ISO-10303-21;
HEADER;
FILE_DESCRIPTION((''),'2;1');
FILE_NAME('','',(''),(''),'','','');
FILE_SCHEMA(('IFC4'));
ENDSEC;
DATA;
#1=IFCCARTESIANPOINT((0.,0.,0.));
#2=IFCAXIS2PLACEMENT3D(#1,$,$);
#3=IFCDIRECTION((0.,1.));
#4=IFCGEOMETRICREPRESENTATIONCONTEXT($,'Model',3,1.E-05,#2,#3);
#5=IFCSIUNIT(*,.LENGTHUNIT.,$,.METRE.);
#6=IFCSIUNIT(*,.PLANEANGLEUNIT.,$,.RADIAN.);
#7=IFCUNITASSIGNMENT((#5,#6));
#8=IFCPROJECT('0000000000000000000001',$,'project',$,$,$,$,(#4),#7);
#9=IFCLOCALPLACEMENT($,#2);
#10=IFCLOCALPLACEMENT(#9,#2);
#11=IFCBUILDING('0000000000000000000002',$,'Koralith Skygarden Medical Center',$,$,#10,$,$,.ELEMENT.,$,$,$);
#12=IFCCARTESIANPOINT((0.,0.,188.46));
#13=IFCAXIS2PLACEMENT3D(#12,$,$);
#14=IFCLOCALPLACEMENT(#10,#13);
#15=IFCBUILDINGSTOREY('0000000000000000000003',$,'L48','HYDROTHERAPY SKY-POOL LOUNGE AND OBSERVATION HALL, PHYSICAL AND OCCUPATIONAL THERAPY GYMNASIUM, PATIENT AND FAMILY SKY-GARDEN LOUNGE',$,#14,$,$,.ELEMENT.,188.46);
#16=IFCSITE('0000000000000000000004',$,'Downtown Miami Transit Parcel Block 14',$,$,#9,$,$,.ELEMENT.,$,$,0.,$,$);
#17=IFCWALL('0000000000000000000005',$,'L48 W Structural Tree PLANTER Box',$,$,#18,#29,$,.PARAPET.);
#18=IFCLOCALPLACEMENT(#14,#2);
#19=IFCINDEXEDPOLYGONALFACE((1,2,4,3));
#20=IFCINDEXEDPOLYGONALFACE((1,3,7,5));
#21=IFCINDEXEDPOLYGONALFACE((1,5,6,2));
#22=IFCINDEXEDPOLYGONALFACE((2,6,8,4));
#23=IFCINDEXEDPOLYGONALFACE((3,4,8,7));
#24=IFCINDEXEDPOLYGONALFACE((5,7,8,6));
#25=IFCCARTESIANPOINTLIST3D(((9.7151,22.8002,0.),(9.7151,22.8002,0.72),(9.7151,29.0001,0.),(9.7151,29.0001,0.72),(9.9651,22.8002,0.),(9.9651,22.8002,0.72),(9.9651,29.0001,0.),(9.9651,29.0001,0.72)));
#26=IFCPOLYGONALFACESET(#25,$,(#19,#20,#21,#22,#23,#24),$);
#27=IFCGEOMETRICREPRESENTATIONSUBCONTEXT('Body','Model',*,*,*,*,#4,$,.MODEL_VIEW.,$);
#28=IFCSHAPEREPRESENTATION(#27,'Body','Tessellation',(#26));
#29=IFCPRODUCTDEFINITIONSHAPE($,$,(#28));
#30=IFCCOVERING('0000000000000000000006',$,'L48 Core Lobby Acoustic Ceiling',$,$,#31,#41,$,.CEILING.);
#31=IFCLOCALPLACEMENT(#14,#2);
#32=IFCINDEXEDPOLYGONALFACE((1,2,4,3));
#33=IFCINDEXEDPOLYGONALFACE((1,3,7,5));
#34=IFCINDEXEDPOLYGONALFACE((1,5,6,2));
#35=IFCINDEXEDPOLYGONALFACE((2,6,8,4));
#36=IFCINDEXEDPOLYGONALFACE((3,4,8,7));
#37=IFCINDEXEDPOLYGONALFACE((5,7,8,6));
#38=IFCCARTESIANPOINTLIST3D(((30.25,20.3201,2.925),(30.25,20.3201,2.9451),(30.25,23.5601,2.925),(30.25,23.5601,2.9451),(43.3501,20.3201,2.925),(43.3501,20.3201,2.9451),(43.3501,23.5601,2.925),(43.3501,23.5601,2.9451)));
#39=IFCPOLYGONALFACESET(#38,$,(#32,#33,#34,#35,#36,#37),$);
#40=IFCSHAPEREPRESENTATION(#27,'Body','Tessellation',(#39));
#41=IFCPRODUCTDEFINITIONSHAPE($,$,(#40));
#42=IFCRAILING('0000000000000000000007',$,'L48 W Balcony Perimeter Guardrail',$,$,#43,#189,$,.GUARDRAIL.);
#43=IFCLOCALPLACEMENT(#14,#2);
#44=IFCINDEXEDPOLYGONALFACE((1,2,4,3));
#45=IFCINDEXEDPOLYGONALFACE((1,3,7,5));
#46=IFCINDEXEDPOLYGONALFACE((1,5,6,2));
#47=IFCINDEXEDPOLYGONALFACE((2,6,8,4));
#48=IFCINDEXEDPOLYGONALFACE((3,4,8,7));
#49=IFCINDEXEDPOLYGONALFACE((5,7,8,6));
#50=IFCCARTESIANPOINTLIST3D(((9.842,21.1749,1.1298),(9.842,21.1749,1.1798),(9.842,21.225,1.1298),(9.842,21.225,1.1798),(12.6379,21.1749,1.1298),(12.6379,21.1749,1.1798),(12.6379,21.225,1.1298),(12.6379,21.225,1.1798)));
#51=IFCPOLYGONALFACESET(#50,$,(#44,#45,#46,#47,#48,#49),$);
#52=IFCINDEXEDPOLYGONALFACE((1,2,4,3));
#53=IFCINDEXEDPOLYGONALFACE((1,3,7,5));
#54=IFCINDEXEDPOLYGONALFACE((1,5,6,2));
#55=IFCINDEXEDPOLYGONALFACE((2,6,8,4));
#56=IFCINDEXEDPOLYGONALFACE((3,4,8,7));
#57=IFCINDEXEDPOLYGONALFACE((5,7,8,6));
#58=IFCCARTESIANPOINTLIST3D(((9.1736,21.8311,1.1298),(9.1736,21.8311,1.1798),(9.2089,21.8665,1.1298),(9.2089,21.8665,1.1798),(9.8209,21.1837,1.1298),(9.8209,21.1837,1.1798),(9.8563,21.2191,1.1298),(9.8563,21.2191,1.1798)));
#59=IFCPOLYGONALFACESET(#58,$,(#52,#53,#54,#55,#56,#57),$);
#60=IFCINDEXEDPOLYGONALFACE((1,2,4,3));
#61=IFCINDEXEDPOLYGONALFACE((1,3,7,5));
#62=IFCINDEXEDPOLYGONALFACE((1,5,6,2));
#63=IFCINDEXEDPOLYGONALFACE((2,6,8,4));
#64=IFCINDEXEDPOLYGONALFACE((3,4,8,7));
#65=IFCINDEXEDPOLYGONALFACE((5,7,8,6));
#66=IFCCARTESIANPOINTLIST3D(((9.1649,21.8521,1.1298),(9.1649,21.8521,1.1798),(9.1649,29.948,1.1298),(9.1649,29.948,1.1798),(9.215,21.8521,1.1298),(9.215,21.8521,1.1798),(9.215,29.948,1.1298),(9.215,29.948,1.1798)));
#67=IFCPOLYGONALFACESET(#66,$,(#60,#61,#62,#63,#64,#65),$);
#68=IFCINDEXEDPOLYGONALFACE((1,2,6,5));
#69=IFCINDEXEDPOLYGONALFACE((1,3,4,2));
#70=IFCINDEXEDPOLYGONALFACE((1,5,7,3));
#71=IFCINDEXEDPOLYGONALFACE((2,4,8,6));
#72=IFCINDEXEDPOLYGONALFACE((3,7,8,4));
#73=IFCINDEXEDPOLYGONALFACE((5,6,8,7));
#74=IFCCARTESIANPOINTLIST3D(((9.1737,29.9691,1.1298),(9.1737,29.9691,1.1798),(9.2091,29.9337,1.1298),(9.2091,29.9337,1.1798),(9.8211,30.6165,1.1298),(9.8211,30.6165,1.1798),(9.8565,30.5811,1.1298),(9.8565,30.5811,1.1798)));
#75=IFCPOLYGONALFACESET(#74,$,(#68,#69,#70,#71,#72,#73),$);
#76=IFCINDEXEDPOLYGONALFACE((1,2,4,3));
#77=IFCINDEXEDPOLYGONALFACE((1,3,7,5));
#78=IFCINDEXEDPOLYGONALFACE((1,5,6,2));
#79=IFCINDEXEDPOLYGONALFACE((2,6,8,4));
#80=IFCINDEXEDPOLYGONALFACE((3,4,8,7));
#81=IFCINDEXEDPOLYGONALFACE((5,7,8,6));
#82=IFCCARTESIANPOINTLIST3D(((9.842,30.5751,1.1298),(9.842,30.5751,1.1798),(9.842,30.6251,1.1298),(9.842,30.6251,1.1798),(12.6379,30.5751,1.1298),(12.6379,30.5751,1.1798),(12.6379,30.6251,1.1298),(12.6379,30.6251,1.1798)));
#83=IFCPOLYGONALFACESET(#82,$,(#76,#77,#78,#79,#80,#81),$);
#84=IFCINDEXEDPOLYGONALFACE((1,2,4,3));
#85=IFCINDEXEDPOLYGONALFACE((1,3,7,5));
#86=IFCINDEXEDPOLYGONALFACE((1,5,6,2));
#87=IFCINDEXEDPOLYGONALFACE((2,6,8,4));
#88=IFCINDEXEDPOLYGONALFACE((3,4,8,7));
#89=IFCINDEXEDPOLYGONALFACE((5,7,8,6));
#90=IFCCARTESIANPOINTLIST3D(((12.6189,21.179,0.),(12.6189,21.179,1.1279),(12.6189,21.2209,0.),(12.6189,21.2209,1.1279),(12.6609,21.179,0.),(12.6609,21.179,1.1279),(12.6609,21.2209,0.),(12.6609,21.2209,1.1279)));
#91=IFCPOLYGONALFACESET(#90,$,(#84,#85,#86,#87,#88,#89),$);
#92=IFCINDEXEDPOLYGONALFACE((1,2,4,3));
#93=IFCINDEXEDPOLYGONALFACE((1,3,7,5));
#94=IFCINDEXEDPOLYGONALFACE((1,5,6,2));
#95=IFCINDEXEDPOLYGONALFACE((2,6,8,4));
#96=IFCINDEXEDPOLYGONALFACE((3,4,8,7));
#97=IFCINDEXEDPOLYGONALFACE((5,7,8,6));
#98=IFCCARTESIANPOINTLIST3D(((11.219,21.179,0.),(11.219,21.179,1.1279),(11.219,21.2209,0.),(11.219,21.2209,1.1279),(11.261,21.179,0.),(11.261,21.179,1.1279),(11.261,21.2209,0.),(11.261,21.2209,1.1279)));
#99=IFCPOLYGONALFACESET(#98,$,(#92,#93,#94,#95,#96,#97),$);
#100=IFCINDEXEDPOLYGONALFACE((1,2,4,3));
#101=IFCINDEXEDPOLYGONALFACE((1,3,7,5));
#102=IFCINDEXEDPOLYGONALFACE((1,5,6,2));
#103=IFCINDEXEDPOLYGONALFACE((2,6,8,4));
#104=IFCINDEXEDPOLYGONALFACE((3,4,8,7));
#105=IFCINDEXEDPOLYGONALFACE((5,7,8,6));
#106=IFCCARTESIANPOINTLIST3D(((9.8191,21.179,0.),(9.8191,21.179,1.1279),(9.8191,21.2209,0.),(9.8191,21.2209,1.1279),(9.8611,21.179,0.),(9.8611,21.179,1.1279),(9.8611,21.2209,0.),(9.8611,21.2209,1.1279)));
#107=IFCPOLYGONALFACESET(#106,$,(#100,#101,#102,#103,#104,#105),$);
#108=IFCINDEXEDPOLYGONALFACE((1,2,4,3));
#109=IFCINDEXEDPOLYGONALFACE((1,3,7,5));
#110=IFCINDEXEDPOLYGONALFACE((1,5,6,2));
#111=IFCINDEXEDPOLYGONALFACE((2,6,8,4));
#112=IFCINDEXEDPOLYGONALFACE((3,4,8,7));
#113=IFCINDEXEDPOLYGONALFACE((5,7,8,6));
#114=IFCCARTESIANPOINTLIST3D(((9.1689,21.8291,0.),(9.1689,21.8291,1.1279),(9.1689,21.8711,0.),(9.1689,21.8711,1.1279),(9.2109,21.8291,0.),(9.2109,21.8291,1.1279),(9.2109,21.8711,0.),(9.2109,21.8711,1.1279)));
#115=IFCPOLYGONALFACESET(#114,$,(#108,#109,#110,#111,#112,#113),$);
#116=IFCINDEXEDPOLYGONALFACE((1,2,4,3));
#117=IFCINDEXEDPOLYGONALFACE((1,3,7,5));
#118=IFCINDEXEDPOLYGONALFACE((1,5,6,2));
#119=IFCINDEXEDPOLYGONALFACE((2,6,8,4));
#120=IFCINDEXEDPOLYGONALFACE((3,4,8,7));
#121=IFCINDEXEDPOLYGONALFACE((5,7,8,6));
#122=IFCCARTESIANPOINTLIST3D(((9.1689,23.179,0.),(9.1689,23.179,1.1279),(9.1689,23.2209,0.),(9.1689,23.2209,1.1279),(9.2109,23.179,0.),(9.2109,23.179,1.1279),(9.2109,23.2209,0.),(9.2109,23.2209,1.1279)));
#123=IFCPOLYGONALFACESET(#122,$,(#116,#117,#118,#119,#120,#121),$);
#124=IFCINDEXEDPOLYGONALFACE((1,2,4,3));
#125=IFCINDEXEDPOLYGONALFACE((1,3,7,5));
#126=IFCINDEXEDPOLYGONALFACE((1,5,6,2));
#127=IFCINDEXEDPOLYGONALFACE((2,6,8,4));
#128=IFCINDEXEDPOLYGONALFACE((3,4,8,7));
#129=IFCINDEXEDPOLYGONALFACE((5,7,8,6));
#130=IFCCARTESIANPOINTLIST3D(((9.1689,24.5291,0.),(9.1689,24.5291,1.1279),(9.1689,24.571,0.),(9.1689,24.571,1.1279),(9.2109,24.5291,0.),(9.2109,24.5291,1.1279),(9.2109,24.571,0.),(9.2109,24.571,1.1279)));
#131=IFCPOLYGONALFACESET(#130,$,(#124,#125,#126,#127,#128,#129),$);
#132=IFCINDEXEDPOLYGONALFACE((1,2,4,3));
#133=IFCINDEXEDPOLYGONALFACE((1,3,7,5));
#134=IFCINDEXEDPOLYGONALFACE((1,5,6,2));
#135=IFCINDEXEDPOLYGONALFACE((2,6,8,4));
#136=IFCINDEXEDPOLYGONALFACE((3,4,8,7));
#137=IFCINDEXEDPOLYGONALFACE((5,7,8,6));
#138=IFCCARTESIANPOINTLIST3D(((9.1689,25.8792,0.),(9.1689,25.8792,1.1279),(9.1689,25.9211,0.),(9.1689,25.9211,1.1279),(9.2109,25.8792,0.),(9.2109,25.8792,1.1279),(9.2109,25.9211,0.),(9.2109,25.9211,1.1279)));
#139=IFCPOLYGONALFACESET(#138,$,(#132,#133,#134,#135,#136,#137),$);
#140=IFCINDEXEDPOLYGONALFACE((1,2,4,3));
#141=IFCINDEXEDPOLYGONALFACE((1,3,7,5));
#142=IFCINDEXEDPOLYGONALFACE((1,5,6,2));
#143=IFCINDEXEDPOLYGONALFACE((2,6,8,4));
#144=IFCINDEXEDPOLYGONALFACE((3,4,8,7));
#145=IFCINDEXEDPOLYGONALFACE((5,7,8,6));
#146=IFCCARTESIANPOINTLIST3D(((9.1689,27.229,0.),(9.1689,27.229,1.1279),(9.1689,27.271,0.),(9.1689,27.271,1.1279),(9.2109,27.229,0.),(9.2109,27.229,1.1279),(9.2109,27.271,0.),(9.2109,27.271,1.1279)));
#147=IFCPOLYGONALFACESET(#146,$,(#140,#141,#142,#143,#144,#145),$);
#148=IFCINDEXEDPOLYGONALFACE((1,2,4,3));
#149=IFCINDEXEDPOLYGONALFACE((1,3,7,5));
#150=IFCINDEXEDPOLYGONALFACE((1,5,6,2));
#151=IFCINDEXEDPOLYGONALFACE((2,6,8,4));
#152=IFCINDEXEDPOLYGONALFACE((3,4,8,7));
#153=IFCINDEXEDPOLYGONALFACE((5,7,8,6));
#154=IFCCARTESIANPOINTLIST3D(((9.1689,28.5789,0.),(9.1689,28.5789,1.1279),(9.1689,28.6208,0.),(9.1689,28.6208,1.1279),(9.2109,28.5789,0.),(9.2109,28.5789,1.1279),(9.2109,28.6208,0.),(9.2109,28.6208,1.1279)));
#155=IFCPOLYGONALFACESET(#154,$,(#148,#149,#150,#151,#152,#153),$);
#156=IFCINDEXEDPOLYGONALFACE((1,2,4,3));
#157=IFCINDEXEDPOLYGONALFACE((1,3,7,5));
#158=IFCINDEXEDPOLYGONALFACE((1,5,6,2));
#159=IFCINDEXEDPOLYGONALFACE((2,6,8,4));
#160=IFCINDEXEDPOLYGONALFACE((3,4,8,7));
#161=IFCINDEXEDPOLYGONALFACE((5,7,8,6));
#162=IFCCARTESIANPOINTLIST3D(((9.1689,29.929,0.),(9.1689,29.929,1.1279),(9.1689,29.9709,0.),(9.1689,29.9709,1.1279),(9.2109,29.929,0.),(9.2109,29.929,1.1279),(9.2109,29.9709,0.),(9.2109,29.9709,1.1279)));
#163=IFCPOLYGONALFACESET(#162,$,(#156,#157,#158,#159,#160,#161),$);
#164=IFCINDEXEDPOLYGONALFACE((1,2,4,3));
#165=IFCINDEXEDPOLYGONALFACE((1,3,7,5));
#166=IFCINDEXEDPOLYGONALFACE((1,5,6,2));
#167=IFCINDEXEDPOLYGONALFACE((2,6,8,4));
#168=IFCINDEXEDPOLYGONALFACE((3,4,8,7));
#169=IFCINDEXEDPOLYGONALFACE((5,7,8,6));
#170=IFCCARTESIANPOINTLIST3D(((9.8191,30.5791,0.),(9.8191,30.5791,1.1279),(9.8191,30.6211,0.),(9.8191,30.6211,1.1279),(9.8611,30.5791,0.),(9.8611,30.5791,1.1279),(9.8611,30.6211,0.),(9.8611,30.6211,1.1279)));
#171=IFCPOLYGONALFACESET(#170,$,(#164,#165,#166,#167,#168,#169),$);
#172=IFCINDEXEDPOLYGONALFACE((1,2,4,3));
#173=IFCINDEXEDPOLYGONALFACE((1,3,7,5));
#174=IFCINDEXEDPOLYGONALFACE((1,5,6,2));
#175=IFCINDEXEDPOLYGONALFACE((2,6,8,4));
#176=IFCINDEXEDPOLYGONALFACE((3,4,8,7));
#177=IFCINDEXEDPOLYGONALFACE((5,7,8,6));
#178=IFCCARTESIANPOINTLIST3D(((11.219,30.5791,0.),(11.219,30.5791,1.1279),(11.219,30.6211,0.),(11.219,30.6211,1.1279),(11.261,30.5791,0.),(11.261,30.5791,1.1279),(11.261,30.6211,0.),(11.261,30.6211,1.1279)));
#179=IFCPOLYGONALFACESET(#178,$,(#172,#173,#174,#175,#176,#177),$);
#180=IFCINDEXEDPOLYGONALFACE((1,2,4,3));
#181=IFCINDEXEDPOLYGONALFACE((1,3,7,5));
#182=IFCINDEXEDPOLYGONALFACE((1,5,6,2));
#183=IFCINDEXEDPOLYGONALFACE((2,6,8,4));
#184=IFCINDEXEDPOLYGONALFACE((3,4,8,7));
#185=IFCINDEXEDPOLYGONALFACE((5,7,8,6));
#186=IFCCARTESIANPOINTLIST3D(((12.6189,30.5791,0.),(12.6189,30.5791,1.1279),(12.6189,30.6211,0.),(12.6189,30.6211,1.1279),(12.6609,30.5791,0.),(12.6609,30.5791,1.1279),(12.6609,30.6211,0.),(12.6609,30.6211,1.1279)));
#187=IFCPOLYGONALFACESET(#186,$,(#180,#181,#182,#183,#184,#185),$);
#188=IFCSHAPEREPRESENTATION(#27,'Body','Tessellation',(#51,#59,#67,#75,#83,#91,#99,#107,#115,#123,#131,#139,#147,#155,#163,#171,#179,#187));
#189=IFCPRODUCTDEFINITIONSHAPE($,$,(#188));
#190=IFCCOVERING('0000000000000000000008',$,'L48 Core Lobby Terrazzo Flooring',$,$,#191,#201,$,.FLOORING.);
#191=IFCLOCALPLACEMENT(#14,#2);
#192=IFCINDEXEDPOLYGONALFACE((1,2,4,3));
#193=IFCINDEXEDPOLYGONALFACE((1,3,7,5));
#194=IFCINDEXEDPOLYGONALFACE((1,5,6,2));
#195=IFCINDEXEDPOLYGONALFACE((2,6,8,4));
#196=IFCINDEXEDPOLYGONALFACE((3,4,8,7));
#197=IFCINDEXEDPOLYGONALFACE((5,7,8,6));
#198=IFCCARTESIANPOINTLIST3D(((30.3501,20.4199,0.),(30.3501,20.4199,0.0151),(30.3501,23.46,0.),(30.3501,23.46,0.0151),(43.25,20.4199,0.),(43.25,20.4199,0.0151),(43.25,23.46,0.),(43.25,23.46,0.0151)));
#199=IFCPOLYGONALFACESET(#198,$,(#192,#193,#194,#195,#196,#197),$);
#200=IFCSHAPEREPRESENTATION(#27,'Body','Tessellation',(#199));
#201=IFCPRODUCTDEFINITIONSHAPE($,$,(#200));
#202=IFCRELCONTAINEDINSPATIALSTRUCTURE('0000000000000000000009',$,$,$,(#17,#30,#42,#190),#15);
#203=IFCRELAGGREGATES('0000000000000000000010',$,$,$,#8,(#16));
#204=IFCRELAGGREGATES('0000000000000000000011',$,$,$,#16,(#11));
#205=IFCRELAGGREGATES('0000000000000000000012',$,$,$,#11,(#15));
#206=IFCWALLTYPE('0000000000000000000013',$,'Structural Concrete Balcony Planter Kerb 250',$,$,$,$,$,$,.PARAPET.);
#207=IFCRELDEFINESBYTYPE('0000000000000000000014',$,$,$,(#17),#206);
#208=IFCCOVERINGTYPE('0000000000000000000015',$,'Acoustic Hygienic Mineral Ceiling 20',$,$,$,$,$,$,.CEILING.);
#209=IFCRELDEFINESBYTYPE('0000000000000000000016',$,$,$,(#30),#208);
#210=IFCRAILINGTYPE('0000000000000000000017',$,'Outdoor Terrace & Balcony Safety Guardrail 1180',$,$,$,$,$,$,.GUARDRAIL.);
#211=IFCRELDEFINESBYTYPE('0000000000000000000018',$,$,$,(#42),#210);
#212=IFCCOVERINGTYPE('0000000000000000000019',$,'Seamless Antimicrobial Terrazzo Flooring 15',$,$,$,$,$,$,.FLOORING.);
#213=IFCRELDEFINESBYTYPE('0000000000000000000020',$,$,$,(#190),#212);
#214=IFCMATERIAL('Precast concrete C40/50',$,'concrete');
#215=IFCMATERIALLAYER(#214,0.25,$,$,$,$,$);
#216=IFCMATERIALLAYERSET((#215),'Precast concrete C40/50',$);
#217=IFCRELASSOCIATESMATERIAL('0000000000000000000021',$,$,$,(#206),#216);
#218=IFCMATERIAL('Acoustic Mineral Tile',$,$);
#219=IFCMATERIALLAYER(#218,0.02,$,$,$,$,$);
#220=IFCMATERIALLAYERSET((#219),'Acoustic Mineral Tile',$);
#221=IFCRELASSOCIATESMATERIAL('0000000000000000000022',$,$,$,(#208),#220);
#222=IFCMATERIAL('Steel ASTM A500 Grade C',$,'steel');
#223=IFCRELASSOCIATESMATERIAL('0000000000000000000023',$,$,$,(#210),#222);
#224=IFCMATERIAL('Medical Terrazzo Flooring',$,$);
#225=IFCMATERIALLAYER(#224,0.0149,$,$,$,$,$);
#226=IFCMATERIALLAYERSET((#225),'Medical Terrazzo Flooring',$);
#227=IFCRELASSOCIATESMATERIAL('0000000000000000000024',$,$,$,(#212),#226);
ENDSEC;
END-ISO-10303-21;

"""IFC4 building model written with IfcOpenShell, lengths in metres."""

from ifc_helpers import new_model, si_unit, direction, frame, frame_2d, origin, origin_2d, place, context, subcontext, project, spatial, polyline, rectangle, outline, extrude, material, layer, layer_set, type_object, element, save


model = new_model("IFC4")

# Units and contexts
model_context = context("Model", 3, precision=1e-05, world=origin(), true_north=direction((0.0, 1.0)))
body_context = subcontext(model_context, "Body", "Model", "MODEL_VIEW")
ifc_project = project(units=[si_unit("LENGTHUNIT", "METRE"), si_unit("PLANEANGLEUNIT", "RADIAN")], contexts=[model_context])

# Site, building, storey
site_placement = place(None, origin())
site = spatial("IfcSite", under=ifc_project, at=site_placement, Name="Downtown Miami Transit Parcel Block 14", CompositionType="ELEMENT", RefElevation=0.0)
building_placement = place(site_placement, origin())
building = spatial("IfcBuilding", under=site, at=building_placement, Name="Koralith Skygarden Medical Center", CompositionType="ELEMENT")
storey_placement = place(building_placement, frame((0.0, 0.0, 188.46)))
storey = spatial("IfcBuildingStorey", under=building, at=storey_placement, Name="L48", Description="HYDROTHERAPY SKY-POOL LOUNGE AND OBSERVATION HALL, PHYSICAL AND OCCUPATIONAL THERAPY GYMNASIUM, PATIENT AND FAMILY SKY-GARDEN LOUNGE", CompositionType="ELEMENT", Elevation=188.46)

# Wall
ifc_material_1 = material(Name="Precast concrete C40/50", Category="concrete")
ifc_layer_1 = layer(ifc_material_1, 0.25)
ifc_layer_set_1 = layer_set([ifc_layer_1], Name="Precast concrete C40/50")
wall_type_1 = type_object("IfcWallType", Name="Structural Concrete Balcony Planter Kerb 250", PredefinedType="PARAPET", material=ifc_layer_set_1)
wall_1_placement = place(storey_placement, frame((9.8401, 22.8, 0.0), z_axis=(0.0, 0.0, 1.0), x_axis=(0.0, 1.0, 0.0)))
element("IfcWall", 1, at=wall_1_placement, inside=storey, type_object=wall_type_1, Name="L48 W Structural Tree PLANTER Box", PredefinedType="PARAPET", context=body_context, shape_type="SweptSolid", body=[
    extrude(rectangle(XDim=6.2, YDim=0.25, at=frame_2d((3.1001, 0.0))), origin(), (0.0, 0.0, 1.0), 0.72),
])

# Covering
ifc_material_2 = material(Name="Acoustic Mineral Tile")
ifc_layer_2 = layer(ifc_material_2, 0.02)
ifc_layer_set_2 = layer_set([ifc_layer_2], Name="Acoustic Mineral Tile")
covering_type_1 = type_object("IfcCoveringType", Name="Acoustic Hygienic Mineral Ceiling 20", PredefinedType="CEILING", material=ifc_layer_set_2)
covering_1_placement = place(storey_placement, frame((0.0, 0.0, 2.925)))
element("IfcCovering", 2, at=covering_1_placement, inside=storey, type_object=covering_type_1, Name="L48 Core Lobby Acoustic Ceiling", PredefinedType="CEILING", context=body_context, shape_type="SweptSolid", body=[
    extrude(outline(polyline([(30.25, 20.3201), (43.3501, 20.3201), (43.3501, 23.5601), (30.25, 23.5601), (30.25, 20.3201)])), origin(), (0.0, 0.0, 1.0), 0.02),
])

# Railing
ifc_material_3 = material(Name="Steel ASTM A500 Grade C", Category="steel")
railing_type = type_object("IfcRailingType", Name="Outdoor Terrace & Balcony Safety Guardrail 1180", PredefinedType="GUARDRAIL", material=ifc_material_3)
railing_placement = place(storey_placement, frame((12.6399, 21.2, 0.0)))
element("IfcRailing", 3, at=railing_placement, inside=storey, type_object=railing_type, Name="L48 W Balcony Perimeter Guardrail", PredefinedType="GUARDRAIL", context=body_context, shape_type="SweptSolid", body=[
    extrude(rectangle(XDim=0.05, YDim=0.05, at=origin_2d()), frame((-0.002, 0.0, 1.1548), z_axis=(-1.0, 0.0, 0.0), x_axis=(0.0, -1.0, 0.0)), (0.0, 0.0, 1.0), 2.7959),
    extrude(rectangle(XDim=0.05, YDim=0.05, at=origin_2d()), frame((-2.8013, 0.0015, 1.1548), z_axis=(-0.707107, 0.707107, 0.0), x_axis=(-0.707107, -0.707107, 0.0)), (0.0, 0.0, 1.0), 0.9155),
    extrude(rectangle(XDim=0.05, YDim=0.05, at=origin_2d()), frame((-3.45, 0.6521, 1.1548), z_axis=(0.0, 1.0, 0.0), x_axis=(-1.0, 0.0, 0.0)), (0.0, 0.0, 1.0), 8.0959),
    extrude(rectangle(XDim=0.05, YDim=0.05, at=origin_2d()), frame((-3.4485, 8.7515, 1.1548), z_axis=(0.707107, 0.707107, 0.0), x_axis=(-0.707107, 0.707107, 0.0)), (0.0, 0.0, 1.0), 0.9155),
    extrude(rectangle(XDim=0.05, YDim=0.05, at=origin_2d()), frame((-2.7979, 9.4001, 1.1548), z_axis=(1.0, 0.0, 0.0), x_axis=(0.0, 1.0, 0.0)), (0.0, 0.0, 1.0), 2.7959),
    extrude(rectangle(XDim=0.042, YDim=0.042, at=origin_2d()), origin(), (0.0, 0.0, 1.0), 1.1279),
    extrude(rectangle(XDim=0.042, YDim=0.042, at=origin_2d()), frame((-1.3999, 0.0, 0.0)), (0.0, 0.0, 1.0), 1.1279),
    extrude(rectangle(XDim=0.042, YDim=0.042, at=origin_2d()), frame((-2.7998, 0.0, 0.0)), (0.0, 0.0, 1.0), 1.1279),
    extrude(rectangle(XDim=0.042, YDim=0.042, at=origin_2d()), frame((-3.45, 0.6501, 0.0)), (0.0, 0.0, 1.0), 1.1279),
    extrude(rectangle(XDim=0.042, YDim=0.042, at=origin_2d()), frame((-3.45, 2.0, 0.0)), (0.0, 0.0, 1.0), 1.1279),
    extrude(rectangle(XDim=0.042, YDim=0.042, at=origin_2d()), frame((-3.45, 3.3501, 0.0)), (0.0, 0.0, 1.0), 1.1279),
    extrude(rectangle(XDim=0.042, YDim=0.042, at=origin_2d()), frame((-3.45, 4.7002, 0.0)), (0.0, 0.0, 1.0), 1.1279),
    extrude(rectangle(XDim=0.042, YDim=0.042, at=origin_2d()), frame((-3.45, 6.05, 0.0)), (0.0, 0.0, 1.0), 1.1279),
    extrude(rectangle(XDim=0.042, YDim=0.042, at=origin_2d()), frame((-3.45, 7.3999, 0.0)), (0.0, 0.0, 1.0), 1.1279),
    extrude(rectangle(XDim=0.042, YDim=0.042, at=origin_2d()), frame((-3.45, 8.75, 0.0)), (0.0, 0.0, 1.0), 1.1279),
    extrude(rectangle(XDim=0.042, YDim=0.042, at=origin_2d()), frame((-2.7998, 9.4001, 0.0)), (0.0, 0.0, 1.0), 1.1279),
    extrude(rectangle(XDim=0.042, YDim=0.042, at=origin_2d()), frame((-1.3999, 9.4001, 0.0)), (0.0, 0.0, 1.0), 1.1279),
    extrude(rectangle(XDim=0.042, YDim=0.042, at=origin_2d()), frame((0.0, 9.4001, 0.0)), (0.0, 0.0, 1.0), 1.1279),
])

# Covering
ifc_material_4 = material(Name="Medical Terrazzo Flooring")
ifc_layer_3 = layer(ifc_material_4, 0.0149)
ifc_layer_set_3 = layer_set([ifc_layer_3], Name="Medical Terrazzo Flooring")
covering_type_2 = type_object("IfcCoveringType", Name="Seamless Antimicrobial Terrazzo Flooring 15", PredefinedType="FLOORING", material=ifc_layer_set_3)
covering_2_placement = place(storey_placement, origin())
element("IfcCovering", 4, at=covering_2_placement, inside=storey, type_object=covering_type_2, Name="L48 Core Lobby Terrazzo Flooring", PredefinedType="FLOORING", context=body_context, shape_type="SweptSolid", body=[
    extrude(outline(polyline([(30.3501, 20.4199), (43.25, 20.4199), (43.25, 23.46), (30.3501, 23.46), (30.3501, 20.4199)])), origin(), (0.0, 0.0, 1.0), 0.0151),
])

save(model, "model.ifc")
